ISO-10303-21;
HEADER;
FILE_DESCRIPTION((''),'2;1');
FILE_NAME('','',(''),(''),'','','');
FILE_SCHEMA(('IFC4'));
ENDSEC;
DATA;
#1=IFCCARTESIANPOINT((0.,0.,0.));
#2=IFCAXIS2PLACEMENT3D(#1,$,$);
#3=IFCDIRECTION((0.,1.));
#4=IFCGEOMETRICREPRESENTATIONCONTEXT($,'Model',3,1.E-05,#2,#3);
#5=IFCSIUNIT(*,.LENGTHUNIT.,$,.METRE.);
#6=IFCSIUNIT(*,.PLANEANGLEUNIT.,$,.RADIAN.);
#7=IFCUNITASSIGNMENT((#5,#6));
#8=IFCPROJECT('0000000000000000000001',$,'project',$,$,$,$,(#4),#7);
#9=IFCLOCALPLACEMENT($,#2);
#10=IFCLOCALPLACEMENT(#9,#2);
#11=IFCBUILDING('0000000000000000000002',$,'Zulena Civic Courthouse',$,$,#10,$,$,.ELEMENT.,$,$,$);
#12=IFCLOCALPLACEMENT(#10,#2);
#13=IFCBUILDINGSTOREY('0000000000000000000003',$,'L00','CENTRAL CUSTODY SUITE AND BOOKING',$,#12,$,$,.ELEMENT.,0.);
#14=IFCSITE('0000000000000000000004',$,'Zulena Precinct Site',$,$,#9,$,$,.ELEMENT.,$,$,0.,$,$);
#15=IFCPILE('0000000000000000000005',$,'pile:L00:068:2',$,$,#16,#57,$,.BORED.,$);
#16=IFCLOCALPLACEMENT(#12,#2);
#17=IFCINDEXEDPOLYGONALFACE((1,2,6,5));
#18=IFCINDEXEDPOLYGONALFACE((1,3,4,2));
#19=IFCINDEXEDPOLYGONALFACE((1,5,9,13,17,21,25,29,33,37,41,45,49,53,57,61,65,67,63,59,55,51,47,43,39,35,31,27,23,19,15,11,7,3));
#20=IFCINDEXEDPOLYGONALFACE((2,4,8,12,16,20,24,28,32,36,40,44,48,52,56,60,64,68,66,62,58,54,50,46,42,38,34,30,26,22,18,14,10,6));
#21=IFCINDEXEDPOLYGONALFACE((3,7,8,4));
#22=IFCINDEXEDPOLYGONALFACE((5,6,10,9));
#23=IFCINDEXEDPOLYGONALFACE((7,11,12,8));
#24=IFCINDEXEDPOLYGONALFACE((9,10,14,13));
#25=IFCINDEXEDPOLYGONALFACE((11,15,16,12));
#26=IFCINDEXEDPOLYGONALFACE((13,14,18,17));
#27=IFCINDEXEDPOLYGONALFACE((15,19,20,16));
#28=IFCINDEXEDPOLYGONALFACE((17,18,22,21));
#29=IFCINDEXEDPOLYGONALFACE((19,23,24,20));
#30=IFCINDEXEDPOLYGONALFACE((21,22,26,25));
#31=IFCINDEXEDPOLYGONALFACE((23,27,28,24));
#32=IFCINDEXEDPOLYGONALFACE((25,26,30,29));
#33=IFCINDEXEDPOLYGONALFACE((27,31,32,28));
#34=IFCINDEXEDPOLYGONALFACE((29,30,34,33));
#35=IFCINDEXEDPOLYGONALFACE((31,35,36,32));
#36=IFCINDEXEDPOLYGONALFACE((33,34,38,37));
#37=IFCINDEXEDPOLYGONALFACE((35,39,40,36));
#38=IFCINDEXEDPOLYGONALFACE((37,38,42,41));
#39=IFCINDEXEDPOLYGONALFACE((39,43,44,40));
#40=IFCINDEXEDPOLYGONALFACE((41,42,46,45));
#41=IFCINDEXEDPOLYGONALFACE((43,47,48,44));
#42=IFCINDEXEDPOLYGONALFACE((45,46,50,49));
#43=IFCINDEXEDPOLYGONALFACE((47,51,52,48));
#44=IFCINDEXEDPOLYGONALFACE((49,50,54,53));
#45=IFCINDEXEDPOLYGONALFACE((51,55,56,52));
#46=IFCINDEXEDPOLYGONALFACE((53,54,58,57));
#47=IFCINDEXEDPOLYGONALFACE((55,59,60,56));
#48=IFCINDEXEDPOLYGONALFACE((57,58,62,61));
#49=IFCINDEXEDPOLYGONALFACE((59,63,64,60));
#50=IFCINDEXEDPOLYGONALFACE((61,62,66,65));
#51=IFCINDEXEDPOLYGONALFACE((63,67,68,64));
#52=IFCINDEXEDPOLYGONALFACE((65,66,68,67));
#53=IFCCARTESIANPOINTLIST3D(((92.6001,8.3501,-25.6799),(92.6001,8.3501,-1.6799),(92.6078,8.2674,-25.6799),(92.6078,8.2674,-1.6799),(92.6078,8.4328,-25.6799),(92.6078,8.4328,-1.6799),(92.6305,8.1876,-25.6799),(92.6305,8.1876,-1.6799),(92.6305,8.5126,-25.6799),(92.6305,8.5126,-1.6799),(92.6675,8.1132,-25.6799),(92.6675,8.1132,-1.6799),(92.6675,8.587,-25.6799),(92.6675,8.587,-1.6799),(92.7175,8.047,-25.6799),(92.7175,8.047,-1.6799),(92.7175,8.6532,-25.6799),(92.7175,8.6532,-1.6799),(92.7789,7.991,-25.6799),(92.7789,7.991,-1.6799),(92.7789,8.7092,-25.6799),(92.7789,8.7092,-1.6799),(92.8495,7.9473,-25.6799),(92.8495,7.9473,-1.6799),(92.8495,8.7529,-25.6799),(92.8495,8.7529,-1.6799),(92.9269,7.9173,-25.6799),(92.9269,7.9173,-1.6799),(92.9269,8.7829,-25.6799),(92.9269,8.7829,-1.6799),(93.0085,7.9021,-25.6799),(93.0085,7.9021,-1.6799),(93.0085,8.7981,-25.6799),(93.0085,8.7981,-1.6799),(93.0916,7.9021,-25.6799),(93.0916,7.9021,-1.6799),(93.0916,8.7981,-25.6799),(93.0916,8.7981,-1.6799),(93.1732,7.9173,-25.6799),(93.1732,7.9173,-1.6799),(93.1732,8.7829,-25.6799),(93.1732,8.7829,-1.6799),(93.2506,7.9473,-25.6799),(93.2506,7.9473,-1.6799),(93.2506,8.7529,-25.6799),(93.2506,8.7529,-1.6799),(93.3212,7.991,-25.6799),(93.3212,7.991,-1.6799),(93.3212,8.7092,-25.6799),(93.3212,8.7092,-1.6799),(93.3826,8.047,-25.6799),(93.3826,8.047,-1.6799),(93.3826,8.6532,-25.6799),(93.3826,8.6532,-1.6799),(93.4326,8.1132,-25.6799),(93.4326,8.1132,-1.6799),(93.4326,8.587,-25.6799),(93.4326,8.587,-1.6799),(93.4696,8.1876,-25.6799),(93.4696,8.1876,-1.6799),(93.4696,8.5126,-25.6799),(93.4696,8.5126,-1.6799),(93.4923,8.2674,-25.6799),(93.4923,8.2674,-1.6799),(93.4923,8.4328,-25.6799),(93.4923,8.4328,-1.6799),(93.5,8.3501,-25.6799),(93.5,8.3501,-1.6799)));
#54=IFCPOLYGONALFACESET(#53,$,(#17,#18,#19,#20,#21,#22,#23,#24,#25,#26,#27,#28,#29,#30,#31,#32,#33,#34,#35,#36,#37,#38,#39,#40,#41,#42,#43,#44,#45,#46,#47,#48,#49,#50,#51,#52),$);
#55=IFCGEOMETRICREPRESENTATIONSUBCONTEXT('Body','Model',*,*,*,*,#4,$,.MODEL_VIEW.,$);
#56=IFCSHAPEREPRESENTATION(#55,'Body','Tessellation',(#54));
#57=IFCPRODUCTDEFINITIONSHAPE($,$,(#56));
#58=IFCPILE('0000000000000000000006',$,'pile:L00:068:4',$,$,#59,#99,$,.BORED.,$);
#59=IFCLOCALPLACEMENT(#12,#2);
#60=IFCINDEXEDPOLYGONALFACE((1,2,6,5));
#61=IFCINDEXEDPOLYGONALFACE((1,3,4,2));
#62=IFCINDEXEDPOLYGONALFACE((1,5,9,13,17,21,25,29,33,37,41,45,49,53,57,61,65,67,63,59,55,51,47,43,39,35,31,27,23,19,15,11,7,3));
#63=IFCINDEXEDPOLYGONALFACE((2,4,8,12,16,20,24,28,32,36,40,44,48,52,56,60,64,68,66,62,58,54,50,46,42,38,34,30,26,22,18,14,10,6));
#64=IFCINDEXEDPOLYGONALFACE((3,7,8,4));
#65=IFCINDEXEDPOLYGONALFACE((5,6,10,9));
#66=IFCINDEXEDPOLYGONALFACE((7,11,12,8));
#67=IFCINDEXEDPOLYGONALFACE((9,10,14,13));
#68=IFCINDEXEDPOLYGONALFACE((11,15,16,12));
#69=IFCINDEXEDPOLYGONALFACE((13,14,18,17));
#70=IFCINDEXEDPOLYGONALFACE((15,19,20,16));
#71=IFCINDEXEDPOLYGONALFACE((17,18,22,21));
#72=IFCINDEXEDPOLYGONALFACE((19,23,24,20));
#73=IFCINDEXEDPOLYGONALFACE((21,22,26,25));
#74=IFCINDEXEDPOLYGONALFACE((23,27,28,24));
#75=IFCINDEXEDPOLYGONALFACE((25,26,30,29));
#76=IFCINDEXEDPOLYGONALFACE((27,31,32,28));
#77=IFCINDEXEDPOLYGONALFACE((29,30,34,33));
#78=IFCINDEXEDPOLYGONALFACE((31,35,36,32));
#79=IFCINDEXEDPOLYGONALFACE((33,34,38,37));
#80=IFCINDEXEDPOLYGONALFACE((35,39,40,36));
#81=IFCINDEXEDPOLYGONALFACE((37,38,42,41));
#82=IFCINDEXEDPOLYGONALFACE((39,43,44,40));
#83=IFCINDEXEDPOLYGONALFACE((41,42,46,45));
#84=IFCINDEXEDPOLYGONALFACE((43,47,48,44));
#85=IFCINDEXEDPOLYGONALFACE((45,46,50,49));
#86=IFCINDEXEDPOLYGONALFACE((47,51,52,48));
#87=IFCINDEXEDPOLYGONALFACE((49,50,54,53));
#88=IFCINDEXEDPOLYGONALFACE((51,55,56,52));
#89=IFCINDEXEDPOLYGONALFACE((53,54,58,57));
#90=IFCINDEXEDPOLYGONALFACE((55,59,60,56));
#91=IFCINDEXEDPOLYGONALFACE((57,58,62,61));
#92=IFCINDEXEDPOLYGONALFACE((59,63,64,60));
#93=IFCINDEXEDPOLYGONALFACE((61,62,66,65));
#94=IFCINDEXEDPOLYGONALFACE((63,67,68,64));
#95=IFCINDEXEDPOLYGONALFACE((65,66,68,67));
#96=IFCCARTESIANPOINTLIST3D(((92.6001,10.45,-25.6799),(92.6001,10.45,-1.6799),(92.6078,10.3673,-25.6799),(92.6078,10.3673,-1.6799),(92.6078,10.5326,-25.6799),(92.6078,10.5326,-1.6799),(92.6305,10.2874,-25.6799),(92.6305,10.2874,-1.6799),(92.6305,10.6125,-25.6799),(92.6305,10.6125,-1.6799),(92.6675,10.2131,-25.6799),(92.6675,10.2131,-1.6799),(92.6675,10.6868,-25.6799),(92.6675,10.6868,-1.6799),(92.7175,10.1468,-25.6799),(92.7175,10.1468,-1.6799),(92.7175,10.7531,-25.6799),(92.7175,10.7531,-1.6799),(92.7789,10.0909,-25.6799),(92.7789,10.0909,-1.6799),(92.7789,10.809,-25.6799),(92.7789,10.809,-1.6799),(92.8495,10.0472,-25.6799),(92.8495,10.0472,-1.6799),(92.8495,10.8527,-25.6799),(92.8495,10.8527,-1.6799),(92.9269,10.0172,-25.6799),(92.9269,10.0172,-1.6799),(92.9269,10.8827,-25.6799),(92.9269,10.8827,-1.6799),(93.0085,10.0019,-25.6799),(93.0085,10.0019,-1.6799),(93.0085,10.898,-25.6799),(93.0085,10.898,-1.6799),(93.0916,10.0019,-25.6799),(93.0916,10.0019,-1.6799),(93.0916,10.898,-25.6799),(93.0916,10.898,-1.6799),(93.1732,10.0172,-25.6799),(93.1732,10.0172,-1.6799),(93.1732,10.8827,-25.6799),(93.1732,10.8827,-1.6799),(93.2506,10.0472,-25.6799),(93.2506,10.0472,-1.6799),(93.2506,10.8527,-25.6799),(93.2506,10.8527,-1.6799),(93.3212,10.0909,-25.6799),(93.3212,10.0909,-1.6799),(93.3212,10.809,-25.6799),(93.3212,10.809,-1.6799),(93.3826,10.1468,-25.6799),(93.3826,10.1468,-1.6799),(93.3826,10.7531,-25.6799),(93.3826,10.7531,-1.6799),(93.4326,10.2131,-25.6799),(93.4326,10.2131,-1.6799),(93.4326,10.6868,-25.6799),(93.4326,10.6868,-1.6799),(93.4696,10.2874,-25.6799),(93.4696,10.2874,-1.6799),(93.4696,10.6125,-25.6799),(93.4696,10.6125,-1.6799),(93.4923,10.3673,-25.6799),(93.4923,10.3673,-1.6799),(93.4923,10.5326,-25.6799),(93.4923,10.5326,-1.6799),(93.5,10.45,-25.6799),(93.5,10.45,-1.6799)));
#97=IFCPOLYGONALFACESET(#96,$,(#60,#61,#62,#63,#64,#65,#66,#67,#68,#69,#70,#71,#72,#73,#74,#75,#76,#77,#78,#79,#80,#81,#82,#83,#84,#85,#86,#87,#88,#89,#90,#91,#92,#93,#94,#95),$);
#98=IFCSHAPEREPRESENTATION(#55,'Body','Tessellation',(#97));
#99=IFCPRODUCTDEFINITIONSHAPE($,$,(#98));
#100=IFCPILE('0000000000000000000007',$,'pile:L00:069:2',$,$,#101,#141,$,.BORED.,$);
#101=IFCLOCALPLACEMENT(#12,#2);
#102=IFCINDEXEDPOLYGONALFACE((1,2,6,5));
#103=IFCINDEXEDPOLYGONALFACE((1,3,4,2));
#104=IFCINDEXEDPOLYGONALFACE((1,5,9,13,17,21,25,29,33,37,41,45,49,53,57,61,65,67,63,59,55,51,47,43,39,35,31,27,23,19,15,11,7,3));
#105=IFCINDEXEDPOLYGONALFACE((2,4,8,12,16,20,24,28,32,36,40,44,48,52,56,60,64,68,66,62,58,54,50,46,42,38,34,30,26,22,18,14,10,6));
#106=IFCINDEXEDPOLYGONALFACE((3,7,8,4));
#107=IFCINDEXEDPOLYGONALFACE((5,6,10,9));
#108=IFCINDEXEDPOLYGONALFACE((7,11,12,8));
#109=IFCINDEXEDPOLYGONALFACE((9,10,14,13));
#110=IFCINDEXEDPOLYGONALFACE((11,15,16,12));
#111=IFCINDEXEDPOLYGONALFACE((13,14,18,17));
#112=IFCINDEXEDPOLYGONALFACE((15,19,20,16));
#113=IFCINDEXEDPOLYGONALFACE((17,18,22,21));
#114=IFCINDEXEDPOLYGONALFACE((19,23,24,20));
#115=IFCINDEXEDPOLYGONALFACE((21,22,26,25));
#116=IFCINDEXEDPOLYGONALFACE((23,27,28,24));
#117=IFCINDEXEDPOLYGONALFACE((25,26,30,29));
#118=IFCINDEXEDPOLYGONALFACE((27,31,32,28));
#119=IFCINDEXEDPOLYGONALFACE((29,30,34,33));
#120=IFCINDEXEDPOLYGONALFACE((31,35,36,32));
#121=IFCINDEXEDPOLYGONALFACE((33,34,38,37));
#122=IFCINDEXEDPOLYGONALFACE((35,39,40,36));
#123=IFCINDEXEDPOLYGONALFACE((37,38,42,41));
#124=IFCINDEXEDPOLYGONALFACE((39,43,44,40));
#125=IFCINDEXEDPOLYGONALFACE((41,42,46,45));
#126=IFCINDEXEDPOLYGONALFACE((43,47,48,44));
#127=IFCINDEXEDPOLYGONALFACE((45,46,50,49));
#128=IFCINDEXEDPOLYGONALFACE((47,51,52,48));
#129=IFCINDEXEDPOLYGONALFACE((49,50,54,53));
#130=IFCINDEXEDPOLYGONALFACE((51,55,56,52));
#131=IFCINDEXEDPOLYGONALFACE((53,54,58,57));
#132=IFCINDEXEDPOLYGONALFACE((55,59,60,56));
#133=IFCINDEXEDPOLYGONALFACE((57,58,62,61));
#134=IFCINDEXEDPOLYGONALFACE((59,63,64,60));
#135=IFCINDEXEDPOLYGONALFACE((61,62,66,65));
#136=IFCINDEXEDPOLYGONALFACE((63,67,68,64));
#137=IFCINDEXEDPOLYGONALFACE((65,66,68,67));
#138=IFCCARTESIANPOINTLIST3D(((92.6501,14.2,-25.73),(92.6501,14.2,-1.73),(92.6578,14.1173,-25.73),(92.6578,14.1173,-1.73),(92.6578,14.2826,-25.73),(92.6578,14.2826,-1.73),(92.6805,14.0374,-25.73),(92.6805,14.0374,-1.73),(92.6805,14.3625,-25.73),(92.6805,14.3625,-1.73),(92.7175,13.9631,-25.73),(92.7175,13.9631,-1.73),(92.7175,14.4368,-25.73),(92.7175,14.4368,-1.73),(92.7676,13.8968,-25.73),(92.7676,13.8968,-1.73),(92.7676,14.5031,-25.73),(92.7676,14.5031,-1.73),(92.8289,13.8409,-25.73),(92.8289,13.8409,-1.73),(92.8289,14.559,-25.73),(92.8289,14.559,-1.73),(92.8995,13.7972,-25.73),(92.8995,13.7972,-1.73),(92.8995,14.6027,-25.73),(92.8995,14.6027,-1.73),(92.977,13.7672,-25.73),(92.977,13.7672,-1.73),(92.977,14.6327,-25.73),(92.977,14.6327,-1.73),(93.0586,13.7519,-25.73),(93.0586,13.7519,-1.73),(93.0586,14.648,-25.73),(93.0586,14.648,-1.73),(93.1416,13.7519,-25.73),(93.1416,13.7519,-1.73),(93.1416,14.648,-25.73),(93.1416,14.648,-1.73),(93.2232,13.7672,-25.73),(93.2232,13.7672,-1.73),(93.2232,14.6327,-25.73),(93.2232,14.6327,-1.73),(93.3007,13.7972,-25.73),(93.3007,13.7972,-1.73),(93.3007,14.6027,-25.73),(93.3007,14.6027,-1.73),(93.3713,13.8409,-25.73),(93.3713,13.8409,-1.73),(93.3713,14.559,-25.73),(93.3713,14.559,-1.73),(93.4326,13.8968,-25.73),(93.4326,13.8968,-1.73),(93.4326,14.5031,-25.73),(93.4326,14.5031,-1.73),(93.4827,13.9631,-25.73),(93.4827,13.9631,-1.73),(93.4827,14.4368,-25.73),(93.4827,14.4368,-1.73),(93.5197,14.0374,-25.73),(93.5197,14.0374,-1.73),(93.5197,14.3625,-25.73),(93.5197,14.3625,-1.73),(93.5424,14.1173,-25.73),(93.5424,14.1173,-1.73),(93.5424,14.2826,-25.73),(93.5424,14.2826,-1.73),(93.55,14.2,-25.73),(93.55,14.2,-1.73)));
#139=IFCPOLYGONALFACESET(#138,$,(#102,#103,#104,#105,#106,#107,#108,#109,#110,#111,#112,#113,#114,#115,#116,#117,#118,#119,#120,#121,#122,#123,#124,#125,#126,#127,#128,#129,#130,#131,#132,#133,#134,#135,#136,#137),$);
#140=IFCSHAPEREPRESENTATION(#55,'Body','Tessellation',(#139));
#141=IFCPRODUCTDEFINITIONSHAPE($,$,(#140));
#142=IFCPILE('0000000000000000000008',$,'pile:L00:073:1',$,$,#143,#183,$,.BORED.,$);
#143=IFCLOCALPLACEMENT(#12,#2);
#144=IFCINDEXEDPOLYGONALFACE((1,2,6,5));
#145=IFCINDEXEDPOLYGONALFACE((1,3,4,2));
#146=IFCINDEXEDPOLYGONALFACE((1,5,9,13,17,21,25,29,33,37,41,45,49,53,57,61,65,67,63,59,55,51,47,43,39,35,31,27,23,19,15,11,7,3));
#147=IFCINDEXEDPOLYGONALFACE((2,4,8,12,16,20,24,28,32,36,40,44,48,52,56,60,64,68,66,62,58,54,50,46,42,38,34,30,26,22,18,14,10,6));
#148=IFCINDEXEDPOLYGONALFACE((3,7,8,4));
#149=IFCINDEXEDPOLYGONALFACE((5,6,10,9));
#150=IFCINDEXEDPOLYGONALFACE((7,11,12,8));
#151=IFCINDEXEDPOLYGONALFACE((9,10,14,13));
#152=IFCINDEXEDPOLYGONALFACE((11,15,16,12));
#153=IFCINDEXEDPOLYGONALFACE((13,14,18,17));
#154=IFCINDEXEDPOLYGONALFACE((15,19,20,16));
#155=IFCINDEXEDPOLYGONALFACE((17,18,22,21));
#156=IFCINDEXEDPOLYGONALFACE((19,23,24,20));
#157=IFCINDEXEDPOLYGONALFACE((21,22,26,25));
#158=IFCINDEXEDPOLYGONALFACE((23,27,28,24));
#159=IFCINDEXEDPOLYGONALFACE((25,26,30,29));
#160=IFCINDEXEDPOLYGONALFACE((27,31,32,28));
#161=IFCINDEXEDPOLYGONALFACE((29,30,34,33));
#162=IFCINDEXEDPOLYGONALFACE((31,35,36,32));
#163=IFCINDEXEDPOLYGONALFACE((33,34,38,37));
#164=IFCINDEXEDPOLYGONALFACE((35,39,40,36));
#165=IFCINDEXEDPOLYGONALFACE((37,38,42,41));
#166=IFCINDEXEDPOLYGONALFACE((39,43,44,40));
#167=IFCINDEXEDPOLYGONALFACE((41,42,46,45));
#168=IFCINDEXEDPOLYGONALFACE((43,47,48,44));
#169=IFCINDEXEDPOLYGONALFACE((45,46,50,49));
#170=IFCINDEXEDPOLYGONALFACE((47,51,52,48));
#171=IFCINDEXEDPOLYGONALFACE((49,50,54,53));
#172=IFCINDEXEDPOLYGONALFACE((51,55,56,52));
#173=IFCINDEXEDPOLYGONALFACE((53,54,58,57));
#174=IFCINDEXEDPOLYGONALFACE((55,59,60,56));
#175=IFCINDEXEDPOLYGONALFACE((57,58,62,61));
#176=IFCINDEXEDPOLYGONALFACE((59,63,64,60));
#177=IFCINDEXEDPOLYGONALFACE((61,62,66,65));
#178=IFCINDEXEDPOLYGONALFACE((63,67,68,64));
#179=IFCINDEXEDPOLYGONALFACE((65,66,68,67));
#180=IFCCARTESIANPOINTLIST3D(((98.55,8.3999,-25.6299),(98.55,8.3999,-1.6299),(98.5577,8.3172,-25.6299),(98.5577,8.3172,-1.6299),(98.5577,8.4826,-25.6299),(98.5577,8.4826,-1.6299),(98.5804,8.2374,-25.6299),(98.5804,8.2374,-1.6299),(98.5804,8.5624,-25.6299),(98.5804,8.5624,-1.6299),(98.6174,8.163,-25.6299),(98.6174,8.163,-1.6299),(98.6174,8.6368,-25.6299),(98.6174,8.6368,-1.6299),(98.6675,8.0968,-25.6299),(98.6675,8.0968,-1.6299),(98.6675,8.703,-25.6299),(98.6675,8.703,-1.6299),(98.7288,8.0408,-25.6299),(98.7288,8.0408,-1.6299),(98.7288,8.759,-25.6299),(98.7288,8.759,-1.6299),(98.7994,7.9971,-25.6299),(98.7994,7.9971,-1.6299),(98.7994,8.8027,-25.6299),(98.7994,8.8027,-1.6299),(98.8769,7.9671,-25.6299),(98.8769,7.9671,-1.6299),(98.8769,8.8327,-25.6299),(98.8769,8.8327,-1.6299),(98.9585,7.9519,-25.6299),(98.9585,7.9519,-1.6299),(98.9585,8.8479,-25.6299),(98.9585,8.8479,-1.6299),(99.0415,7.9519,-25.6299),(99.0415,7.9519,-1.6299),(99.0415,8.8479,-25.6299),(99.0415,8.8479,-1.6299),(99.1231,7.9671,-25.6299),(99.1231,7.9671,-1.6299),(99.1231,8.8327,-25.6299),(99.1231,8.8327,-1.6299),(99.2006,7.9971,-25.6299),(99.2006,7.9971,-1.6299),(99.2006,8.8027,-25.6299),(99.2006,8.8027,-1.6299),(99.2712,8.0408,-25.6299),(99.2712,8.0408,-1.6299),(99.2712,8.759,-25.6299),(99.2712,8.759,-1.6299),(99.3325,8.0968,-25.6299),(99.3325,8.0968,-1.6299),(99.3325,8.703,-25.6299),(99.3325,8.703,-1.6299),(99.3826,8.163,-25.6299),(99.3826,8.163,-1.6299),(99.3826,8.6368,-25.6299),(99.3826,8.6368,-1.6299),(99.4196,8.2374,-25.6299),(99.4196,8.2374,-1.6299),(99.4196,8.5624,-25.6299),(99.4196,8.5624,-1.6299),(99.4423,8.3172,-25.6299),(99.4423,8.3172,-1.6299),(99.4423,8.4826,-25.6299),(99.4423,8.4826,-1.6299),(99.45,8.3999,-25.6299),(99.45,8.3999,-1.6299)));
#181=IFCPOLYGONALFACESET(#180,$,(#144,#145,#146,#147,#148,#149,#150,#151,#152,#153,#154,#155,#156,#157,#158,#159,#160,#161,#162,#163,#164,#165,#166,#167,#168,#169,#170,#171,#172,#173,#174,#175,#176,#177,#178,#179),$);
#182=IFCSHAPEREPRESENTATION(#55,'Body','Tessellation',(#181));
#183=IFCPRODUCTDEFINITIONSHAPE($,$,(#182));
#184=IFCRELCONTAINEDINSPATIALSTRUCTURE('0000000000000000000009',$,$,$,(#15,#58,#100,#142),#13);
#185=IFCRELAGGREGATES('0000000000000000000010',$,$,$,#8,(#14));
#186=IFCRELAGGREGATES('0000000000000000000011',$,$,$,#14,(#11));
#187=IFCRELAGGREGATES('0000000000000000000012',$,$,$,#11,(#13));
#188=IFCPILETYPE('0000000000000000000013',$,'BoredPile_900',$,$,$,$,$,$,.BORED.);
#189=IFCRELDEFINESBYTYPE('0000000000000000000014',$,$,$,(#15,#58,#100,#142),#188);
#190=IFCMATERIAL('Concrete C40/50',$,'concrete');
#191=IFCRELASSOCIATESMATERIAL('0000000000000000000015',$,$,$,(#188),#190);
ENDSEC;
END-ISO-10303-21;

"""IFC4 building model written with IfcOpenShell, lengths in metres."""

from ifc_helpers import new_model, si_unit, direction, frame, origin, origin_2d, place, context, subcontext, project, spatial, circle, extrude, material, material_profile, profile_set, type_object, element, save


model = new_model("IFC4")

# Units and contexts
model_context = context("Model", 3, precision=1e-05, world=origin(), true_north=direction((0.0, 1.0)))
body_context = subcontext(model_context, "Body", "Model", "MODEL_VIEW")
ifc_project = project(units=[si_unit("LENGTHUNIT", "METRE"), si_unit("PLANEANGLEUNIT", "RADIAN")], contexts=[model_context])

# Site, building, storey
site_placement = place(None, origin())
site = spatial("IfcSite", under=ifc_project, at=site_placement, Name="Zulena Precinct Site", CompositionType="ELEMENT", RefElevation=0.0)
building_placement = place(site_placement, origin())
building = spatial("IfcBuilding", under=site, at=building_placement, Name="Zulena Civic Courthouse", CompositionType="ELEMENT")
storey_placement = place(building_placement, origin())
storey = spatial("IfcBuildingStorey", under=building, at=storey_placement, Name="L00", Description="CENTRAL CUSTODY SUITE AND BOOKING", CompositionType="ELEMENT", Elevation=0.0)

# Piles
ifc_material_1 = material(Name="Concrete C40/50", Category="concrete")
ifc_material_profile_1 = material_profile(ifc_material_1, circle(Radius=0.45, at=origin_2d()), Name="PILE900")
ifc_profile_set_1 = profile_set([ifc_material_profile_1], Name="Concrete C40/50")
pile_type = type_object("IfcPileType", Name="BoredPile_900", PredefinedType="BORED", material=ifc_profile_set_1)
for number, where, z_axis, x_axis, name in (
    (1, (93.05, 8.3501, -1.6799), (0.0, 0.0, -1.0), (1.0, 0.0, 0.0), "pile:L00:068:2"),
    (2, (93.05, 10.45, -1.6799), (0.0, 0.0, -1.0), (1.0, 0.0, 0.0), "pile:L00:068:4"),
    (3, (93.1001, 14.2, -1.73), (0.0, 0.0, -1.0), (1.0, 0.0, 0.0), "pile:L00:069:2"),
    (4, (99.0, 8.3999, -1.6299), (0.0, 0.0, -1.0), (1.0, 0.0, 0.0), "pile:L00:073:1"),
):
    element("IfcPile", number, at=place(storey_placement, frame(where, z_axis=z_axis, x_axis=x_axis)), inside=storey, type_object=pile_type, Name=name, PredefinedType="BORED", context=body_context, shape_type="SweptSolid", body=[
        extrude(circle(Radius=0.45, at=origin_2d()), origin(), (0.0, 0.0, 1.0), 24.0),
    ])

save(model, "model.ifc")
